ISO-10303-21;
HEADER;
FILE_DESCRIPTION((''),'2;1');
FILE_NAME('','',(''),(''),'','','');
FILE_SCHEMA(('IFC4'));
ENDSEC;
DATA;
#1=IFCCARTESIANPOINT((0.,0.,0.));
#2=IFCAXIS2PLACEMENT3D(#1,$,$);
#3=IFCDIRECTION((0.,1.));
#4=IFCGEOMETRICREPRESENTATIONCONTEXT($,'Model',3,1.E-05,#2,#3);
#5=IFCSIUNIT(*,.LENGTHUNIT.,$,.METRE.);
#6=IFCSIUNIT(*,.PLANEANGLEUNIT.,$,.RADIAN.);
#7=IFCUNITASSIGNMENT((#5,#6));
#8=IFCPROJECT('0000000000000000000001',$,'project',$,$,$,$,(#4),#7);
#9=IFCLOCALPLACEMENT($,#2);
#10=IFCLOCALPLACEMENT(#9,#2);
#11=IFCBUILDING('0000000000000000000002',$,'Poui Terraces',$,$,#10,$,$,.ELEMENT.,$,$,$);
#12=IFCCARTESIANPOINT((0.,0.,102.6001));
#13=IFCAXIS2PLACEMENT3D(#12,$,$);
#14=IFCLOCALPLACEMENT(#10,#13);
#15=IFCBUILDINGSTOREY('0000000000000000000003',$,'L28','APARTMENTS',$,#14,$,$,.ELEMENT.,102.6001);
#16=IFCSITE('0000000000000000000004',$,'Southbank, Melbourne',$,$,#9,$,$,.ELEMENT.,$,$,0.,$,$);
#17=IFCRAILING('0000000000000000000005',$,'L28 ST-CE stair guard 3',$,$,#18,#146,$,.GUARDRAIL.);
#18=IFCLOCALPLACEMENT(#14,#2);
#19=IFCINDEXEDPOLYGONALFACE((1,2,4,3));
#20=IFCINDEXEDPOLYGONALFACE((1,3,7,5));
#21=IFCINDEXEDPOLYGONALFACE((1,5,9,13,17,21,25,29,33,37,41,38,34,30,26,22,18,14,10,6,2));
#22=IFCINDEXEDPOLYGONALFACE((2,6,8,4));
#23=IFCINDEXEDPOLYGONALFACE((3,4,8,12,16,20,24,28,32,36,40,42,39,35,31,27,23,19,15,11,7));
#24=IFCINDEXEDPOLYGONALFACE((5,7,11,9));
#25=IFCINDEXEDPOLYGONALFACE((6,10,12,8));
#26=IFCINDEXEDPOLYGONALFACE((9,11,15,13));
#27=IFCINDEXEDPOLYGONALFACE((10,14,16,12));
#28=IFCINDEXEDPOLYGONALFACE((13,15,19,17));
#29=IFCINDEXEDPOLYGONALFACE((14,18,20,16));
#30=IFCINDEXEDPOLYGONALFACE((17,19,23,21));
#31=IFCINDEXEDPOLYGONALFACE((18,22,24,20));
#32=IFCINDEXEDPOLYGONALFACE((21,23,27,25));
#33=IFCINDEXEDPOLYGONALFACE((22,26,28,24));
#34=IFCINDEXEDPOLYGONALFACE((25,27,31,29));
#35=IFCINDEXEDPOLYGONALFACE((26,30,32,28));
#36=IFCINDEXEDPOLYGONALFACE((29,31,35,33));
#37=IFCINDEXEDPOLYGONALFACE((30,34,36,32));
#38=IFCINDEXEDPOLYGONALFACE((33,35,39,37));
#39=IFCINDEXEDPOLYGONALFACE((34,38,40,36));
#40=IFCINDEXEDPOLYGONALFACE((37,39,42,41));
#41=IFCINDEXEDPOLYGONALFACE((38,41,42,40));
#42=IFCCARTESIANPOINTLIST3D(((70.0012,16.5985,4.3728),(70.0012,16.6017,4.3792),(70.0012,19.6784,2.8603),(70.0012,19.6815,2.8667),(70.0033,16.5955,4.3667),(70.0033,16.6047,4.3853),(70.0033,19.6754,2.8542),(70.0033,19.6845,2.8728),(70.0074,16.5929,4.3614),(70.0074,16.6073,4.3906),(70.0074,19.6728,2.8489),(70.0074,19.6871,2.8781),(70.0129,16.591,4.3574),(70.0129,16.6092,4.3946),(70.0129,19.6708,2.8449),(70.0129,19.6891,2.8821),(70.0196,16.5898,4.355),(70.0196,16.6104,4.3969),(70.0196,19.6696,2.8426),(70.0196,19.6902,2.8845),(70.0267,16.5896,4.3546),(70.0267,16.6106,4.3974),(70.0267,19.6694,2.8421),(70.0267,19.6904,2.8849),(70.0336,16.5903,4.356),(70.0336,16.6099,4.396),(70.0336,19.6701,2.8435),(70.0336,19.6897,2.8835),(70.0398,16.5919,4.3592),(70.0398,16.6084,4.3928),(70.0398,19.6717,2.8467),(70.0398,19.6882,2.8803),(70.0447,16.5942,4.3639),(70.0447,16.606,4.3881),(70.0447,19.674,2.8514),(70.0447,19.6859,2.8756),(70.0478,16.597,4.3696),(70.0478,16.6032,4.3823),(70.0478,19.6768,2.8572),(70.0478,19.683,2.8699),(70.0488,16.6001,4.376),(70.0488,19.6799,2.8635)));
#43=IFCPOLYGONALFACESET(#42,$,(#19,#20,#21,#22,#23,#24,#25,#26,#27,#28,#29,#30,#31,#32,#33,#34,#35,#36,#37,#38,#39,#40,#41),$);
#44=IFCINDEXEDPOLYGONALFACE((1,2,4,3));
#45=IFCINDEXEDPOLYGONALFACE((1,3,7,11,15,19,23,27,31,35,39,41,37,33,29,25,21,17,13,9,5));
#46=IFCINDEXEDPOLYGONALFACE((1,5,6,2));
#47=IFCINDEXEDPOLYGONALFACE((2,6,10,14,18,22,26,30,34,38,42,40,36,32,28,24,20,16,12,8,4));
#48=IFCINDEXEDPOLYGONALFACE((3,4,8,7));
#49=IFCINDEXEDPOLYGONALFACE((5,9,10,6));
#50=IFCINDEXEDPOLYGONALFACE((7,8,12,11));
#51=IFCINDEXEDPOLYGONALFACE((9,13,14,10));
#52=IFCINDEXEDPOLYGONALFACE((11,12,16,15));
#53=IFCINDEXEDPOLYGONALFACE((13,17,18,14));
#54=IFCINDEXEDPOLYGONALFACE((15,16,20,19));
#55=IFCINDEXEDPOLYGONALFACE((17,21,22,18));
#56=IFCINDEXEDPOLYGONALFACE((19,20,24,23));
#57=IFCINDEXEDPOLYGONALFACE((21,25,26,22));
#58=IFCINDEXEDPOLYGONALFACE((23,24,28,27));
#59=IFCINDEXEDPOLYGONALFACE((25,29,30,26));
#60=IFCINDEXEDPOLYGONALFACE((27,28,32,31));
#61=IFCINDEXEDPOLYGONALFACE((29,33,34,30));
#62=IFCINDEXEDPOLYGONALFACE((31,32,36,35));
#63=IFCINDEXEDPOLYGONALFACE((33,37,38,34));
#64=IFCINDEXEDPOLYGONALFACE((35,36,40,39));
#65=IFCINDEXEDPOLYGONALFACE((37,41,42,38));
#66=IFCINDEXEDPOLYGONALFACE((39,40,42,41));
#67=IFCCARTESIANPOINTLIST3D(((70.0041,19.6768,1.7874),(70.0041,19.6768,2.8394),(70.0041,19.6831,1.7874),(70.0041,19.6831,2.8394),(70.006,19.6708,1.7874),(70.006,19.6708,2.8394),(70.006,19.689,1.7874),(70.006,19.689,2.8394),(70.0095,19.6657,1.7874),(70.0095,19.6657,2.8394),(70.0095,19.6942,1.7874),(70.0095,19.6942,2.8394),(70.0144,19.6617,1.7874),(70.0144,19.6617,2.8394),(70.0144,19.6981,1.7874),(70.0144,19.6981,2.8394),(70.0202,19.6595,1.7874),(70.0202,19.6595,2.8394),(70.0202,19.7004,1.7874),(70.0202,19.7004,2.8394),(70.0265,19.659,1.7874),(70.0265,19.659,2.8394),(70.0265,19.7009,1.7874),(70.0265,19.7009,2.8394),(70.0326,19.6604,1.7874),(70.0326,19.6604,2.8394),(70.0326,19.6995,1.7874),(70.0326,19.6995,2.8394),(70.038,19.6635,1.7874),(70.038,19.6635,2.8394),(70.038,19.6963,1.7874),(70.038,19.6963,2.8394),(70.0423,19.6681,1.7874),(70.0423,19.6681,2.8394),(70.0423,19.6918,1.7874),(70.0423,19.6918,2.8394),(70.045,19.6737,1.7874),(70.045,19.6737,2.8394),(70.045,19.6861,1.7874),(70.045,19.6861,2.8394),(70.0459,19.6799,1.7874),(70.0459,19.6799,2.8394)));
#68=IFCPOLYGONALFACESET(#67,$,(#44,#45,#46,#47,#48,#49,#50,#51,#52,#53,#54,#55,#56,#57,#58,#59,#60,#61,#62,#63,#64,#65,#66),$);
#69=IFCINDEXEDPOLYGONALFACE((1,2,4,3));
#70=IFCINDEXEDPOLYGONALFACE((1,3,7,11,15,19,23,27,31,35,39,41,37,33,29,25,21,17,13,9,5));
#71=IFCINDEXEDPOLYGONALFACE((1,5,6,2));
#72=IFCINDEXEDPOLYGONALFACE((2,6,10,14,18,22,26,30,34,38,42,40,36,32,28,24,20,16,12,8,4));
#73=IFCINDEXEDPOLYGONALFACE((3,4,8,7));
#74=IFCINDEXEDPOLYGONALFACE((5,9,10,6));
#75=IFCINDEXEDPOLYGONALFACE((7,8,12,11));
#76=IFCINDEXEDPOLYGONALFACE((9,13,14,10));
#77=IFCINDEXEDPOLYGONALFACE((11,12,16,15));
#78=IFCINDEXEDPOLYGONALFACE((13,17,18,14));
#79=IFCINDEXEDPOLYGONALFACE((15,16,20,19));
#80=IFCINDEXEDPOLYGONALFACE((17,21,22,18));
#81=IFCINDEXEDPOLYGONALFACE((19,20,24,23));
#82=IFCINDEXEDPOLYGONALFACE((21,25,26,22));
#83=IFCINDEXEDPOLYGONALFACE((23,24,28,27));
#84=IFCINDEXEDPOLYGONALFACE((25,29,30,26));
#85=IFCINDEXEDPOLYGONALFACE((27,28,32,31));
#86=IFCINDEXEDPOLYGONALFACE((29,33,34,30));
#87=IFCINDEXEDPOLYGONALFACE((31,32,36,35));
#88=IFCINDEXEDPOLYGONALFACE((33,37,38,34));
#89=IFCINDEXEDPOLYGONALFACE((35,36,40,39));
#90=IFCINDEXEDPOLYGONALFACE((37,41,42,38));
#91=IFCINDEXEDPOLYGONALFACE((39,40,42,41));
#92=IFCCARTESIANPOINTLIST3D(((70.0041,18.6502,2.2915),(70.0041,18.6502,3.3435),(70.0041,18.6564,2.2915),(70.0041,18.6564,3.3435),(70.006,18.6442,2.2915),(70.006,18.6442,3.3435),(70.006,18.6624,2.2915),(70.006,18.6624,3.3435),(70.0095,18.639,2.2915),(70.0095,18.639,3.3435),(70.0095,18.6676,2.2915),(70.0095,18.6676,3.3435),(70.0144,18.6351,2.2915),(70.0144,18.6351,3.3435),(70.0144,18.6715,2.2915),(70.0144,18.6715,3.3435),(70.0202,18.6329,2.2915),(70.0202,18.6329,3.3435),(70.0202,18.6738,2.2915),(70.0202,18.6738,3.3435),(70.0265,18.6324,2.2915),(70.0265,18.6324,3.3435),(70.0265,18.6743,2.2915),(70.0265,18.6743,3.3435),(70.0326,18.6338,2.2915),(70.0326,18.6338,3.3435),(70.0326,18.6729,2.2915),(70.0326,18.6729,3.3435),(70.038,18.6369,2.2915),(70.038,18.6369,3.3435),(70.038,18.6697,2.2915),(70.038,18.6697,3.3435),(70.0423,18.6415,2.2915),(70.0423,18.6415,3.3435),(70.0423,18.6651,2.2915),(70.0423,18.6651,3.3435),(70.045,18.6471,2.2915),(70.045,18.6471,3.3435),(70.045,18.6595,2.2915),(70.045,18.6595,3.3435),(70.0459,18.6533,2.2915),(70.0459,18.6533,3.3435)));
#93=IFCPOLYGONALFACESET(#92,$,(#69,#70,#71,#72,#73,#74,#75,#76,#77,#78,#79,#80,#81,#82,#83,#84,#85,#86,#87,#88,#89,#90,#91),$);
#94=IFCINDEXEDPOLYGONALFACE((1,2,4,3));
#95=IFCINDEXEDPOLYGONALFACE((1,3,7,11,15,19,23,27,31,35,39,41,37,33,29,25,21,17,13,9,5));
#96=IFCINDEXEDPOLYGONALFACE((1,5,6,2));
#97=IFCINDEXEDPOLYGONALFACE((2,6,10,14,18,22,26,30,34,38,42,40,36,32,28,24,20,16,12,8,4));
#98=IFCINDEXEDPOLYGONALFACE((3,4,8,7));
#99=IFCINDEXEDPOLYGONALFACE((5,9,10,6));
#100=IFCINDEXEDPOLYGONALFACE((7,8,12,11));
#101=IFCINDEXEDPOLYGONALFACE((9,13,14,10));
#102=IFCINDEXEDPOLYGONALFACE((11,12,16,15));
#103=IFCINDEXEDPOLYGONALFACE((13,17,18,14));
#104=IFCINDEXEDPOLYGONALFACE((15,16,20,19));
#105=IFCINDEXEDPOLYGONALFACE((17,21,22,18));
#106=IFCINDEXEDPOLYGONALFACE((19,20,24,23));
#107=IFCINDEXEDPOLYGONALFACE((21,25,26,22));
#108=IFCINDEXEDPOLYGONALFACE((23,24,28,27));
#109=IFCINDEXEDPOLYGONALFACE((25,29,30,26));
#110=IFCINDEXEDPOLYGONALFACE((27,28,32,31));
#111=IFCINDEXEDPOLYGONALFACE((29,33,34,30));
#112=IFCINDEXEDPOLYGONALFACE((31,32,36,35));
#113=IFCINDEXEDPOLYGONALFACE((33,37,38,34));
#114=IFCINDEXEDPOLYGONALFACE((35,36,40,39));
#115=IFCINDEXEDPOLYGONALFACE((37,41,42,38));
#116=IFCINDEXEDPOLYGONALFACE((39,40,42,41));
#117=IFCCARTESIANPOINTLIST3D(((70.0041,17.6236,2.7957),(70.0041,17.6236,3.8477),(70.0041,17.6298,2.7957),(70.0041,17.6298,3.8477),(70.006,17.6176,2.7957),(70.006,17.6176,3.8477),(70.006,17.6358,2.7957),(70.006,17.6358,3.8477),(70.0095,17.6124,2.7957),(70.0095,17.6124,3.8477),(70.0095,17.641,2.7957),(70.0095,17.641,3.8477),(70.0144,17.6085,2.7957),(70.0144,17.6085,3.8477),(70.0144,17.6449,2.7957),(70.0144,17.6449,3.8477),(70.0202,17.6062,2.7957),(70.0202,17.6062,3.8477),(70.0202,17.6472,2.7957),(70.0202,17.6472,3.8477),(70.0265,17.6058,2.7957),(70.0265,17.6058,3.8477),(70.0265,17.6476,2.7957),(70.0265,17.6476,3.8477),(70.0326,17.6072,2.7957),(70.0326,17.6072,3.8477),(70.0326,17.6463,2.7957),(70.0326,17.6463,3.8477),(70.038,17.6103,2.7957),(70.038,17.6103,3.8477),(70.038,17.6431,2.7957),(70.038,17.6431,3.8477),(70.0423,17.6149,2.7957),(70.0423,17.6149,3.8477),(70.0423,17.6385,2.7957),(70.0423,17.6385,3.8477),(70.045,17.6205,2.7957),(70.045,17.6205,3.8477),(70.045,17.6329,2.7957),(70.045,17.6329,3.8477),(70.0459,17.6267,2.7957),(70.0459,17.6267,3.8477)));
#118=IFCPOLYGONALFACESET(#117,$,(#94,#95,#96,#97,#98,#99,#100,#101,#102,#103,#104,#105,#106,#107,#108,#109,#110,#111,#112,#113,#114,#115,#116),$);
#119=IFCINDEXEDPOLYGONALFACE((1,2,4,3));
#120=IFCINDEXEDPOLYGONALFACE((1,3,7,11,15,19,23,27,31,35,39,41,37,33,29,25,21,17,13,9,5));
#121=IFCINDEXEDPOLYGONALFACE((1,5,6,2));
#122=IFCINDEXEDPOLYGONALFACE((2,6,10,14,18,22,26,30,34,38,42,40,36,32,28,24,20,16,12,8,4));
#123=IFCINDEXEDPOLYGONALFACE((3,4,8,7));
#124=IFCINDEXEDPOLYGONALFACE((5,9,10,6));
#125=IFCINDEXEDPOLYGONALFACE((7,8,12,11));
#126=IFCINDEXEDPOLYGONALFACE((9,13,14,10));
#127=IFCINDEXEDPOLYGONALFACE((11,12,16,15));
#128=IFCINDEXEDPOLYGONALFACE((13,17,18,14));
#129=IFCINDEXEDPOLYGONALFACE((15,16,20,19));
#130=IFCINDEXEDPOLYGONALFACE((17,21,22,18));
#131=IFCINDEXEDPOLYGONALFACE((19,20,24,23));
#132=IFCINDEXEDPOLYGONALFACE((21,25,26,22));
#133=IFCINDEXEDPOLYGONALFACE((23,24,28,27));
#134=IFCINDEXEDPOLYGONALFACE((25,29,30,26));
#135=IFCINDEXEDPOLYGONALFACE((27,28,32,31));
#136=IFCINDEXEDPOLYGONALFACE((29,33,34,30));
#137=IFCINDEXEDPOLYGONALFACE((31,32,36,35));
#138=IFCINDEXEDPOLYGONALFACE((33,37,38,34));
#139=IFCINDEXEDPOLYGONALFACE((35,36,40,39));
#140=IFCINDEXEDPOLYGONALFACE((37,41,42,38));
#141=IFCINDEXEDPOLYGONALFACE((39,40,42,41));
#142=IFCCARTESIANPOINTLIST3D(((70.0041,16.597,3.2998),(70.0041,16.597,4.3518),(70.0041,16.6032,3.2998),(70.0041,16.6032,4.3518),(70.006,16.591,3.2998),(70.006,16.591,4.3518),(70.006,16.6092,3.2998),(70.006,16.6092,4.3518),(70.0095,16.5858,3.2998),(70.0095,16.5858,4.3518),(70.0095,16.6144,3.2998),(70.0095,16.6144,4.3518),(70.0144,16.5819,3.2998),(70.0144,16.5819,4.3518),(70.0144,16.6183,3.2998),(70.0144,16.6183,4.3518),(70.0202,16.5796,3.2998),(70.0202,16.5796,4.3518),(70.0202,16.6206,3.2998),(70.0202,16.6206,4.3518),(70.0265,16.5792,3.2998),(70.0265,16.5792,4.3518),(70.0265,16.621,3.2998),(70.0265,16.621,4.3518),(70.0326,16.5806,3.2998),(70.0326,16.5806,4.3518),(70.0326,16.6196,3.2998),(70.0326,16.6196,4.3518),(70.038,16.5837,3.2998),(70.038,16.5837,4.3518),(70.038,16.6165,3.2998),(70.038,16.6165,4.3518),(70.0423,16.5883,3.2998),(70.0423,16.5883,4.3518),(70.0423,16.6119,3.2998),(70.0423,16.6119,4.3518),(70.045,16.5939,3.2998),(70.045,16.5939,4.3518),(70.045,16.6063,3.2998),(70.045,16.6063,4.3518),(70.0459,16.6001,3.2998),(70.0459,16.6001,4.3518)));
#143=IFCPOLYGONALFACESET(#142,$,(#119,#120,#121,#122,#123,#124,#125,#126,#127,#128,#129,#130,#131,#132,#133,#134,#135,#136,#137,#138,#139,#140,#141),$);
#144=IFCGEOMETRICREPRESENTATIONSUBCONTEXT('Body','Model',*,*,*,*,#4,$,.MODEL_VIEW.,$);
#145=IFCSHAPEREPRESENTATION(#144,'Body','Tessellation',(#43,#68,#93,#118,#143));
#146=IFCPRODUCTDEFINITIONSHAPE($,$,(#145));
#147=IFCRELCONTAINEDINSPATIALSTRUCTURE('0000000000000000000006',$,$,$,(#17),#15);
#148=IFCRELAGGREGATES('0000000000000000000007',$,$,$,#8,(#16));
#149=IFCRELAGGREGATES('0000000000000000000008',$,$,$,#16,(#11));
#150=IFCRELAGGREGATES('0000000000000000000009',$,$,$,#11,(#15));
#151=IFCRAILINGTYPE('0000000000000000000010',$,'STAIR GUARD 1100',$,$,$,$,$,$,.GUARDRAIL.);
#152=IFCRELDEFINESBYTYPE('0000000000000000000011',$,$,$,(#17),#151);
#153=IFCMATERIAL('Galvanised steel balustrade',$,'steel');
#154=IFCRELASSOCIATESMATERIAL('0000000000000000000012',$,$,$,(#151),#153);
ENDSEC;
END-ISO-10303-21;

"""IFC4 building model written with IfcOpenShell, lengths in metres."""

from ifc_helpers import new_model, si_unit, direction, frame, origin, origin_2d, place, context, subcontext, project, spatial, circle, extrude, material, type_object, element, save


model = new_model("IFC4")

# Units and contexts
model_context = context("Model", 3, precision=1e-05, world=origin(), true_north=direction((0.0, 1.0)))
body_context = subcontext(model_context, "Body", "Model", "MODEL_VIEW")
ifc_project = project(units=[si_unit("LENGTHUNIT", "METRE"), si_unit("PLANEANGLEUNIT", "RADIAN")], contexts=[model_context])

# Site, building, storey
site_placement = place(None, origin())
site = spatial("IfcSite", under=ifc_project, at=site_placement, Name="Southbank, Melbourne", CompositionType="ELEMENT", RefElevation=0.0)
building_placement = place(site_placement, origin())
building = spatial("IfcBuilding", under=site, at=building_placement, Name="Poui Terraces", CompositionType="ELEMENT")
storey_placement = place(building_placement, frame((0.0, 0.0, 102.6001)))
storey = spatial("IfcBuildingStorey", under=building, at=storey_placement, Name="L28", Description="APARTMENTS", CompositionType="ELEMENT", Elevation=102.6001)

# Railing
ifc_material_1 = material(Name="Galvanised steel balustrade", Category="steel")
railing_type_1 = type_object("IfcRailingType", Name="STAIR GUARD 1100", PredefinedType="GUARDRAIL", material=ifc_material_1)
railing_1_placement = place(storey_placement, frame((70.0249, 19.6799, 1.7874)))
element("IfcRailing", 1, at=railing_1_placement, inside=storey, type_object=railing_type_1, Name="L28 ST-CE stair guard 3", PredefinedType="GUARDRAIL", context=body_context, shape_type="SweptSolid", body=[
    extrude(circle(Radius=0.0239, at=origin_2d()), frame((0.0, 0.0, 1.0762), z_axis=(0.0, -0.897606, 0.440798), x_axis=(1.0, 0.0, 0.0)), (0.0, 0.0, 1.0), 3.4312),
    extrude(circle(Radius=0.021, at=origin_2d()), origin(), (0.0, 0.0, 1.0), 1.052),
    extrude(circle(Radius=0.021, at=origin_2d()), frame((0.0, -1.0266, 0.5042)), (0.0, 0.0, 1.0), 1.052),
    extrude(circle(Radius=0.021, at=origin_2d()), frame((0.0, -2.0532, 1.0083)), (0.0, 0.0, 1.0), 1.052),
    extrude(circle(Radius=0.021, at=origin_2d()), frame((0.0, -3.0798, 1.5125)), (0.0, 0.0, 1.0), 1.052),
])

save(model, "model.ifc")
